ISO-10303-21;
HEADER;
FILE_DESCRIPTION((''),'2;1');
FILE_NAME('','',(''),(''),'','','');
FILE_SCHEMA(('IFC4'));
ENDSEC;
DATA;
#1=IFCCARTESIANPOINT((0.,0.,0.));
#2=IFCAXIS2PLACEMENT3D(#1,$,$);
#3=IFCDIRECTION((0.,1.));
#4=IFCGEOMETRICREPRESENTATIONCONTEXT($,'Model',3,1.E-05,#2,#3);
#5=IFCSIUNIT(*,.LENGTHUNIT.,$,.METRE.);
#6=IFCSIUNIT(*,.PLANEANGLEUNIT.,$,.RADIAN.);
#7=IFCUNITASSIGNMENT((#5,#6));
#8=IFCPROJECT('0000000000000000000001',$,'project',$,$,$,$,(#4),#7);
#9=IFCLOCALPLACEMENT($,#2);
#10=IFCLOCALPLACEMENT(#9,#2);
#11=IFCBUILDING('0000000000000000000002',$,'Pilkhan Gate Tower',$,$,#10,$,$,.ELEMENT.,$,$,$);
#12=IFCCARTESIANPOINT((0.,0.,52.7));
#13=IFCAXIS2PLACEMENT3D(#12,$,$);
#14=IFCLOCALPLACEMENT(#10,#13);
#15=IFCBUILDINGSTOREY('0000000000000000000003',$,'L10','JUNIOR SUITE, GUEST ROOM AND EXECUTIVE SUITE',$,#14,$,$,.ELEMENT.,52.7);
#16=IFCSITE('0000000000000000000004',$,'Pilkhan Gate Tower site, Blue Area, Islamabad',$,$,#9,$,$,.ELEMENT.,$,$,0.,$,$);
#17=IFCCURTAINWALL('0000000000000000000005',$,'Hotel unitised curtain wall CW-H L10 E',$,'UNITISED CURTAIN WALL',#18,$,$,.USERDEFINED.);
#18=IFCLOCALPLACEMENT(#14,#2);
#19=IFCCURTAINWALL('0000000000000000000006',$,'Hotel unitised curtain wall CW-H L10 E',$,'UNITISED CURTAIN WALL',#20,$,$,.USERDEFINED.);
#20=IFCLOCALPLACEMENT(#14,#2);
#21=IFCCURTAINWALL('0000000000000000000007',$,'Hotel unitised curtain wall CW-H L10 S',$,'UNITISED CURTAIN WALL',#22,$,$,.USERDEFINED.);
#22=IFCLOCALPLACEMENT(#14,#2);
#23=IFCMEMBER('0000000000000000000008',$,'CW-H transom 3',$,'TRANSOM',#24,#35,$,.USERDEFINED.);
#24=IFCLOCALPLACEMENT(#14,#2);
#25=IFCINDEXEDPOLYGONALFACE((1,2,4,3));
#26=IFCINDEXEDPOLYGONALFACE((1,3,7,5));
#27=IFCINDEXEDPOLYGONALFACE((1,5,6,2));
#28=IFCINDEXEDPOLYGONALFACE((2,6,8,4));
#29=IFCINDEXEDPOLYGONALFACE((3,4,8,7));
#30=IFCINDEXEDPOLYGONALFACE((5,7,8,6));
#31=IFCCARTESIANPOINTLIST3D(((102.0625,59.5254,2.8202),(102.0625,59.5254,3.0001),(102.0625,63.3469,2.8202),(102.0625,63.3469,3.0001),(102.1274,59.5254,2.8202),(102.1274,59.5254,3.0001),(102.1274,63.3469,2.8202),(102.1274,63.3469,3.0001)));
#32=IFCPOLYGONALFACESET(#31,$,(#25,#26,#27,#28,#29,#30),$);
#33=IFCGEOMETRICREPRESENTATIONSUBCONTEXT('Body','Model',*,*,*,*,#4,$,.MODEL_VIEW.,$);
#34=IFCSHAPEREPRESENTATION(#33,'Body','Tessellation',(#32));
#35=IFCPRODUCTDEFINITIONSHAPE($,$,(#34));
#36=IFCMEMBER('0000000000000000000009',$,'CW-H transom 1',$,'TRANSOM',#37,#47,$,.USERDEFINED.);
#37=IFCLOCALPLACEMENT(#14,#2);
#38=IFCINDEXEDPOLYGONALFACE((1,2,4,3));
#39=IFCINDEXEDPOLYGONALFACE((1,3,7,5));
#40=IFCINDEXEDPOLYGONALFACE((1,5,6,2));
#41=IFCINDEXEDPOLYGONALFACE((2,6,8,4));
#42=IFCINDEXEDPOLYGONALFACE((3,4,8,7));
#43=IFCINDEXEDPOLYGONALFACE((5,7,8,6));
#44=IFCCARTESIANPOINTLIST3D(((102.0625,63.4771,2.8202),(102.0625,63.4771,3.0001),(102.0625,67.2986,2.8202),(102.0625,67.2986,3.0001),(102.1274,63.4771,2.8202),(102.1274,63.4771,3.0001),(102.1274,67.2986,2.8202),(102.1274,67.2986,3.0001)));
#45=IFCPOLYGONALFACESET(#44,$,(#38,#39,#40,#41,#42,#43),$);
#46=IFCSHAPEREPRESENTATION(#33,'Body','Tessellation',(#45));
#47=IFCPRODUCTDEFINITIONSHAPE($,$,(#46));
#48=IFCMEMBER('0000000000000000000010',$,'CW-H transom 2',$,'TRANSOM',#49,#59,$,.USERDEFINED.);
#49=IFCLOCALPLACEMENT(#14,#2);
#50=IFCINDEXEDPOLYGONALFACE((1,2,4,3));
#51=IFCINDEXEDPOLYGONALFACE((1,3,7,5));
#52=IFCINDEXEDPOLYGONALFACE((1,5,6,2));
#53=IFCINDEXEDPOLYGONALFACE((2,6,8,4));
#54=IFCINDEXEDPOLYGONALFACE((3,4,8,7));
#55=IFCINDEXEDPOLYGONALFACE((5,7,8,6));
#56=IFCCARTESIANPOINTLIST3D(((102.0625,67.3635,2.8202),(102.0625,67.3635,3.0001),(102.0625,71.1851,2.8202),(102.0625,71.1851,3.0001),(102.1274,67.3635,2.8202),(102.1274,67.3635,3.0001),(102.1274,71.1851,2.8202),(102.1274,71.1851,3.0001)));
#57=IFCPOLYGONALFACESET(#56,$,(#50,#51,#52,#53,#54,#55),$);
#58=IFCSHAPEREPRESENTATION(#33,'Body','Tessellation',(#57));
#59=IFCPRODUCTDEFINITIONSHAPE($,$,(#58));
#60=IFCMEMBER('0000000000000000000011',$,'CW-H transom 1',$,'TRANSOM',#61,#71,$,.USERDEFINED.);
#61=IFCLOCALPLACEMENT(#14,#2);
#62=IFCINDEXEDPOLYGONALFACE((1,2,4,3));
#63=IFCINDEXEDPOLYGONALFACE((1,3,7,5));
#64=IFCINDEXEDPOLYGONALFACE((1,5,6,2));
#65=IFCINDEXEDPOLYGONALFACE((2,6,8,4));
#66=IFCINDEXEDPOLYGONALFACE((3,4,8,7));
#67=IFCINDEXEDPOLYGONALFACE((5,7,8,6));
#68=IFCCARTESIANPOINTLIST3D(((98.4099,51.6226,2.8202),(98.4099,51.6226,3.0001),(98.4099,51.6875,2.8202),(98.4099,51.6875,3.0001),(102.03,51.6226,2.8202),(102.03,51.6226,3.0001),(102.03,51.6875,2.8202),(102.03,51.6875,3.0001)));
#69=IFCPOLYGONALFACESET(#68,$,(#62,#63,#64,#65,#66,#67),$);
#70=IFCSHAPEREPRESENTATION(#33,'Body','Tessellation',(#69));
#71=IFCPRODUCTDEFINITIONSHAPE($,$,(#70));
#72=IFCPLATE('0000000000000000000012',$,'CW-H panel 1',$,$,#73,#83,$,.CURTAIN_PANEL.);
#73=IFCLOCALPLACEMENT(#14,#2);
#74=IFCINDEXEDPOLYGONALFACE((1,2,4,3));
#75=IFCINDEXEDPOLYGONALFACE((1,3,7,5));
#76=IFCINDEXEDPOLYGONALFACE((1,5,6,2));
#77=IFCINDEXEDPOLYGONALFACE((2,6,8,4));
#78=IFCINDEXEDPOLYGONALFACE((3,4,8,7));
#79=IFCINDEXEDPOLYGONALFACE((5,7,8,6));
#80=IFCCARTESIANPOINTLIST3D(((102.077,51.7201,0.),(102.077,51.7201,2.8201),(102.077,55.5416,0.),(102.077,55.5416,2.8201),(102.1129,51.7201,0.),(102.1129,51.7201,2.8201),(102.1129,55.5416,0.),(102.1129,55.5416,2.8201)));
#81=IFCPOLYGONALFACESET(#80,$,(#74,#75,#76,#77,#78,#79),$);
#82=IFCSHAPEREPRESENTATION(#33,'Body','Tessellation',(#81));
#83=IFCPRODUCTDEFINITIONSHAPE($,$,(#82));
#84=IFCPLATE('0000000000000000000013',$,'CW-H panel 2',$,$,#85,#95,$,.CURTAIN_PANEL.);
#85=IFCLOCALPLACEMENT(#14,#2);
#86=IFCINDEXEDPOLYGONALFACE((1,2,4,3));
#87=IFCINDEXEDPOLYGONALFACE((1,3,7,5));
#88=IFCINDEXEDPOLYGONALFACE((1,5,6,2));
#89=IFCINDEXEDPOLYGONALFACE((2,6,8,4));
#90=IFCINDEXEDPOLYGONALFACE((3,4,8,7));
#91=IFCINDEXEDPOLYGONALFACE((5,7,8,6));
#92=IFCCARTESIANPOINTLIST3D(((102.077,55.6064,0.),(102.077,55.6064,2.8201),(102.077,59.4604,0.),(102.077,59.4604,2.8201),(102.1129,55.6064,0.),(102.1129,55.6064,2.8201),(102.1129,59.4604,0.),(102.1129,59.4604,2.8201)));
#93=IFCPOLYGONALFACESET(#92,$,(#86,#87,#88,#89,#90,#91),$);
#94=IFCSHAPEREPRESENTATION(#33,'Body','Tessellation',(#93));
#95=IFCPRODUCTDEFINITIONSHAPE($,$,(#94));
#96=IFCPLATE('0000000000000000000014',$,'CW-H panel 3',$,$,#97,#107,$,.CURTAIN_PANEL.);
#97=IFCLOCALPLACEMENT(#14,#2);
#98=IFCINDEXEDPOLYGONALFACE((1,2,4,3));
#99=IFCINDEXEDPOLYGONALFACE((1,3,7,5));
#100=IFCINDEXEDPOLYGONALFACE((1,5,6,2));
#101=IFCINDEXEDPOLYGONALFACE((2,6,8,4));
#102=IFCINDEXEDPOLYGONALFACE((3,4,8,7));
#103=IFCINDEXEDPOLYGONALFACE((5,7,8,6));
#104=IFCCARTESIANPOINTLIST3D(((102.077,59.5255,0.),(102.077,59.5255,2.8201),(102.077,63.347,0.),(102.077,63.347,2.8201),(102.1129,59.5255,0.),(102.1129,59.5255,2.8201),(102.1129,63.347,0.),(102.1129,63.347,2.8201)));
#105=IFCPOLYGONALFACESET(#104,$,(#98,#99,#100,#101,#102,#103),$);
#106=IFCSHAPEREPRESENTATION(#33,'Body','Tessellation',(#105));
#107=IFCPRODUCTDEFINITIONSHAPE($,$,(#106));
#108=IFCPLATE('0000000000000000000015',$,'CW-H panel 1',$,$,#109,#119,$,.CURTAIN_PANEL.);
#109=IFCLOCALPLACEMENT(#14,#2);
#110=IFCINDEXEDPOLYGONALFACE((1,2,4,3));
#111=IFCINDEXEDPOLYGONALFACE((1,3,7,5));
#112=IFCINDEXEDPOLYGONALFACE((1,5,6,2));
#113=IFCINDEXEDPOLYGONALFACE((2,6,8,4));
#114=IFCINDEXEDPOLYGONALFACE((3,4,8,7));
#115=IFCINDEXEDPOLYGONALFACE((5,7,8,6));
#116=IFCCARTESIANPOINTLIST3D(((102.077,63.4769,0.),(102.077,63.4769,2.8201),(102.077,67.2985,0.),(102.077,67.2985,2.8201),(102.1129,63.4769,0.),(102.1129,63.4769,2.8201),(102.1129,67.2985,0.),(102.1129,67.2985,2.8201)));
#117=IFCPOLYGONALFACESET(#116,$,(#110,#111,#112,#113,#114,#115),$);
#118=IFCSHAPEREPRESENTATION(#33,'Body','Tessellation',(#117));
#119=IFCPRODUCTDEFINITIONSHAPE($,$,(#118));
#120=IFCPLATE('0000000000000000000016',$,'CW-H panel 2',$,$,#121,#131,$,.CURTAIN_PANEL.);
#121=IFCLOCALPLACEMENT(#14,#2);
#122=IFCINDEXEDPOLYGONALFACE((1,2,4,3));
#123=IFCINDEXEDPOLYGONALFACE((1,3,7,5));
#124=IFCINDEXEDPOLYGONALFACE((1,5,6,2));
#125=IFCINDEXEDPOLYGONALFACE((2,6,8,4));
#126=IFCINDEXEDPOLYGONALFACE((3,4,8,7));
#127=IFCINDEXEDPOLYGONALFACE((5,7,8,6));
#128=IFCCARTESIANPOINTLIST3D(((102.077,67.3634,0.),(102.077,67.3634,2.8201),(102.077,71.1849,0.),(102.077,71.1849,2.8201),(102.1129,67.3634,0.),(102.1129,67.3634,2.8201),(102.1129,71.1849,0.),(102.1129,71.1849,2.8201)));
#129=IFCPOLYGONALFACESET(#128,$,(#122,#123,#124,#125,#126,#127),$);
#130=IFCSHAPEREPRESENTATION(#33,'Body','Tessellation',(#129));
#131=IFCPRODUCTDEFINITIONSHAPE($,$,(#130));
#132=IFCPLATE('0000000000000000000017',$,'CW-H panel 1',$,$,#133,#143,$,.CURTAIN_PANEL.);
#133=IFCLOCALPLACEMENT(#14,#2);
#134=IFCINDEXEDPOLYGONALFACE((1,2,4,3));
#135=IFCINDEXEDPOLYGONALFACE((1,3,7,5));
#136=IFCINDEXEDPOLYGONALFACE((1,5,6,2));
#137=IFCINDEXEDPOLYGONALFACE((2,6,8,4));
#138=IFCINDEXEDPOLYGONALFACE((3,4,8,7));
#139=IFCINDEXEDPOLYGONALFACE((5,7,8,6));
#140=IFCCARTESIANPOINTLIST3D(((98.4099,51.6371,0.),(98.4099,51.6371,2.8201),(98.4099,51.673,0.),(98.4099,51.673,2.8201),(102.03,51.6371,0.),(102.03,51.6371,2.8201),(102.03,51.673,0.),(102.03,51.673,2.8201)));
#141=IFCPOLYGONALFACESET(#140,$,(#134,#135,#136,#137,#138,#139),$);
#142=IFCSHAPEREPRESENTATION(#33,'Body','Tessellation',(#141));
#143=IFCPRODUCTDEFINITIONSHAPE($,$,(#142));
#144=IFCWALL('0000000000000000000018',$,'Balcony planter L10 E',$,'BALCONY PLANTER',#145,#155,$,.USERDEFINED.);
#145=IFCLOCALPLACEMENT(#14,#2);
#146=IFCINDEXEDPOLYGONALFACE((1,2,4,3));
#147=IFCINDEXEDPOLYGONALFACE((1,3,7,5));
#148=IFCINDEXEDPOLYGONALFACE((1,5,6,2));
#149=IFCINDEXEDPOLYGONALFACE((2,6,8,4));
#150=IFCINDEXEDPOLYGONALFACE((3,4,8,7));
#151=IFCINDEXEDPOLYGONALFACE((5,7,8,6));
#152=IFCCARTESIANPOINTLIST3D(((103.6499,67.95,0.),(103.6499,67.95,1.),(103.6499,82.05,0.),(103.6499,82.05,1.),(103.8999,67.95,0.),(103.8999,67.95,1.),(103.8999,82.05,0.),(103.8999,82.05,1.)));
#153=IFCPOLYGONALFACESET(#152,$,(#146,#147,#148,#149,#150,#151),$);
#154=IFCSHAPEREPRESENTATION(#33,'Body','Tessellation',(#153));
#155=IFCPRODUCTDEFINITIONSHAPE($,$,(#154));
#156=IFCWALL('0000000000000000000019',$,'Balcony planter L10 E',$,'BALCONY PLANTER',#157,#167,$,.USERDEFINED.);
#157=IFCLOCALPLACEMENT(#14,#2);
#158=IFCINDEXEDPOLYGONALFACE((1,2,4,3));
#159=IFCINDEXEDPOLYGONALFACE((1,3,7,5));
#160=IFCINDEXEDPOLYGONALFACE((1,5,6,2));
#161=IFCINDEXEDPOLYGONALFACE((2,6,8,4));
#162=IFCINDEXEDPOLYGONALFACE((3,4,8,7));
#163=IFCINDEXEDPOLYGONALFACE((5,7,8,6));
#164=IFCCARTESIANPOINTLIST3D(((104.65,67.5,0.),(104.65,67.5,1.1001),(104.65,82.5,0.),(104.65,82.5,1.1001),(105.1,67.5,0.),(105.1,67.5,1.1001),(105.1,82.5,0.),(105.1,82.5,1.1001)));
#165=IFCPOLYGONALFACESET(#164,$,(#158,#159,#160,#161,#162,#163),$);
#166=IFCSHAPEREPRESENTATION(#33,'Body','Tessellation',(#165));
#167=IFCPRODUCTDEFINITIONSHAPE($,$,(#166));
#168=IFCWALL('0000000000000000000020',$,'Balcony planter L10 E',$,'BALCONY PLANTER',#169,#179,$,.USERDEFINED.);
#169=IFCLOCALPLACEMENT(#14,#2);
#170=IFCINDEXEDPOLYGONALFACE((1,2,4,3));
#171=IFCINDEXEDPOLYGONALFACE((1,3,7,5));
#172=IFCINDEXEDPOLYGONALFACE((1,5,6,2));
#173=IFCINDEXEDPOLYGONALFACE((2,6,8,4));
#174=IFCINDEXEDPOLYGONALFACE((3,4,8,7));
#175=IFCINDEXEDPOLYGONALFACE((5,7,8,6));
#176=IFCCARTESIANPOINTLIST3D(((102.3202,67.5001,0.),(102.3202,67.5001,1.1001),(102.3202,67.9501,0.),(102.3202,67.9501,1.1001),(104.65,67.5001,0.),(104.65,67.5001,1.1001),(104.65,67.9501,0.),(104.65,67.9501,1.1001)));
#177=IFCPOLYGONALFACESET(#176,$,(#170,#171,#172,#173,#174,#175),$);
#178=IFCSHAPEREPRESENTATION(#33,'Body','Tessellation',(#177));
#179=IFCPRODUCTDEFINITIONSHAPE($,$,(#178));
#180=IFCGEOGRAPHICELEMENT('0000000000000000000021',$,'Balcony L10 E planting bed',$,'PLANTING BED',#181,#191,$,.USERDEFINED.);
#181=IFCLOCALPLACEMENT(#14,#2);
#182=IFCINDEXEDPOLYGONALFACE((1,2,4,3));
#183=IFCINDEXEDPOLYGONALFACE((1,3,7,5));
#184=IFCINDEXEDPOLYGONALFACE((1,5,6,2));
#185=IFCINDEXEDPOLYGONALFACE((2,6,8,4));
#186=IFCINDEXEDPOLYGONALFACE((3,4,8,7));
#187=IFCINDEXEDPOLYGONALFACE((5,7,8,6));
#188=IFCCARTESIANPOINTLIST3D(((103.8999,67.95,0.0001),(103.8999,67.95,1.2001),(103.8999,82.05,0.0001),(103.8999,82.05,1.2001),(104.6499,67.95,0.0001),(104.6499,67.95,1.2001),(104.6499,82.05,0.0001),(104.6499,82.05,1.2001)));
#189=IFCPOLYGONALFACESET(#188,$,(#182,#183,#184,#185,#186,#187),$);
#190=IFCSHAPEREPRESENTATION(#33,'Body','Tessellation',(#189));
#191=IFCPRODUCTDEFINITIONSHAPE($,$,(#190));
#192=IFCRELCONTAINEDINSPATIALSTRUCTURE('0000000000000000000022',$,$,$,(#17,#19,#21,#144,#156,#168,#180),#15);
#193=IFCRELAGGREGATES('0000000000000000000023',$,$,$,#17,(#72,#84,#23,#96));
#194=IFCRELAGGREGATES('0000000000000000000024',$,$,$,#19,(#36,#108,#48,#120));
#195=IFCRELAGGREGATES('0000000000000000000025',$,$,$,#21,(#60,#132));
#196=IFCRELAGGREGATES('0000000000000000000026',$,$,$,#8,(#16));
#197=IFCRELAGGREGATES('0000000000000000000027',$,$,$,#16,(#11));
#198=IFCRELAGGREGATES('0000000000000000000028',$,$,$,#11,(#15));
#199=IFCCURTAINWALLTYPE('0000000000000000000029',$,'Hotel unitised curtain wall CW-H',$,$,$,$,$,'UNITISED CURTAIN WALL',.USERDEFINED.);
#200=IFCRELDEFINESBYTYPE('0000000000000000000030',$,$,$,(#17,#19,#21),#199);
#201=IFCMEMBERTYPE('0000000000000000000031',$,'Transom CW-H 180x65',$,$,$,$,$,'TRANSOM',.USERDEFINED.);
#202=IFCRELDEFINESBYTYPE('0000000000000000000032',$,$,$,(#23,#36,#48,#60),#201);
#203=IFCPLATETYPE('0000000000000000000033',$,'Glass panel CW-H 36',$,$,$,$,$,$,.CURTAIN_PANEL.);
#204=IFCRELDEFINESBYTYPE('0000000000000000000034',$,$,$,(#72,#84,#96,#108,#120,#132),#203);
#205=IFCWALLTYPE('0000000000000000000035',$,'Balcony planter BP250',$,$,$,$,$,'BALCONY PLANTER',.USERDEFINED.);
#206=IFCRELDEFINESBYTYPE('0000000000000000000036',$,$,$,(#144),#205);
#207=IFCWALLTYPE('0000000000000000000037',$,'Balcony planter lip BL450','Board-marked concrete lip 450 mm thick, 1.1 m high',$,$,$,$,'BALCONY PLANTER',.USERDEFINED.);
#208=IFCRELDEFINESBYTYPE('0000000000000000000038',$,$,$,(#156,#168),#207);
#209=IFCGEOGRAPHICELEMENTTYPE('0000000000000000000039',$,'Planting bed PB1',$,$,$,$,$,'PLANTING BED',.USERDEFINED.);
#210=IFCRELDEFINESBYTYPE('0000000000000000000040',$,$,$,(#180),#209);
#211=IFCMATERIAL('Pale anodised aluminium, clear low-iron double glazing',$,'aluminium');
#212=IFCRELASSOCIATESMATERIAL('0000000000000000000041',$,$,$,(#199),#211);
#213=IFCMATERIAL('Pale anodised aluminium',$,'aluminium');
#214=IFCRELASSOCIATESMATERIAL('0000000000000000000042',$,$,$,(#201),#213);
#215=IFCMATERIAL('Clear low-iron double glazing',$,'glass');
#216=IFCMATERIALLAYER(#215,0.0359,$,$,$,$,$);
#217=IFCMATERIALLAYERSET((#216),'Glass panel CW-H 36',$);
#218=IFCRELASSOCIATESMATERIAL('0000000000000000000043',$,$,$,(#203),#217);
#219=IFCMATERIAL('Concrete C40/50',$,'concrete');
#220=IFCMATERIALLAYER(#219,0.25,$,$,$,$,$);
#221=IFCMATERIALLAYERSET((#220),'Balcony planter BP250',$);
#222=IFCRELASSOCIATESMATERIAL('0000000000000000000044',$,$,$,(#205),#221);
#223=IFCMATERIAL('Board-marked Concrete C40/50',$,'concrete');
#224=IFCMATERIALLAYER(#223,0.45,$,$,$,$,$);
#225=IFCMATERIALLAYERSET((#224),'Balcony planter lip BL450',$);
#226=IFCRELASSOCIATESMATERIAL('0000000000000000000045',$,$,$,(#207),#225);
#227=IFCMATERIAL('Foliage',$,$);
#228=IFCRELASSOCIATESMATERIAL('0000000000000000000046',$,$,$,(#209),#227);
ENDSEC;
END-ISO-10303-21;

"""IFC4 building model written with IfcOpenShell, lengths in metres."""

from ifc_helpers import new_model, si_unit, direction, frame, frame_2d, origin, origin_2d, place, context, subcontext, project, spatial, rectangle, extrude, material, layer, layer_set, material_profile, profile_set, type_object, element, aggregate, save


model = new_model("IFC4")

# Units and contexts
model_context = context("Model", 3, precision=1e-05, world=origin(), true_north=direction((0.0, 1.0)))
body_context = subcontext(model_context, "Body", "Model", "MODEL_VIEW")
ifc_project = project(units=[si_unit("LENGTHUNIT", "METRE"), si_unit("PLANEANGLEUNIT", "RADIAN")], contexts=[model_context])

# Site, building, storey
site_placement = place(None, origin())
site = spatial("IfcSite", under=ifc_project, at=site_placement, Name="Pilkhan Gate Tower site, Blue Area, Islamabad", CompositionType="ELEMENT", RefElevation=0.0)
building_placement = place(site_placement, origin())
building = spatial("IfcBuilding", under=site, at=building_placement, Name="Pilkhan Gate Tower", CompositionType="ELEMENT")
storey_placement = place(building_placement, frame((0.0, 0.0, 52.7)))
storey = spatial("IfcBuildingStorey", under=building, at=storey_placement, Name="L10", Description="JUNIOR SUITE, GUEST ROOM AND EXECUTIVE SUITE", CompositionType="ELEMENT", Elevation=52.7)

# Curtain walls
ifc_material_1 = material(Name="Pale anodised aluminium, clear low-iron double glazing", Category="aluminium")
curtain_wall_type = type_object("IfcCurtainWallType", Name="Hotel unitised curtain wall CW-H", ElementType="UNITISED CURTAIN WALL", PredefinedType="USERDEFINED", material=ifc_material_1)
curtain_wall_1_placement = place(storey_placement, origin())
curtain_wall_1 = element("IfcCurtainWall", 1, at=curtain_wall_1_placement, inside=storey, type_object=curtain_wall_type, Name="Hotel unitised curtain wall CW-H L10 E", ObjectType="UNITISED CURTAIN WALL", PredefinedType="USERDEFINED")
ifc_material_2 = material(Name="Pale anodised aluminium", Category="aluminium")
curtain_wall_2_placement = place(storey_placement, origin())
curtain_wall_2 = element("IfcCurtainWall", 2, at=curtain_wall_2_placement, inside=storey, type_object=curtain_wall_type, Name="Hotel unitised curtain wall CW-H L10 E", ObjectType="UNITISED CURTAIN WALL", PredefinedType="USERDEFINED")
curtain_wall_3_placement = place(storey_placement, origin())
curtain_wall_3 = element("IfcCurtainWall", 3, at=curtain_wall_3_placement, inside=storey, type_object=curtain_wall_type, Name="Hotel unitised curtain wall CW-H L10 S", ObjectType="UNITISED CURTAIN WALL", PredefinedType="USERDEFINED")

# Members
ifc_material_profile_1 = material_profile(ifc_material_2, rectangle(XDim=0.0649, YDim=0.1799, at=origin_2d()), Name="Transom 180x65")
ifc_profile_set_1 = profile_set([ifc_material_profile_1], Name="Pale anodised aluminium")
member_type_1 = type_object("IfcMemberType", Name="Transom CW-H 180x65", ElementType="TRANSOM", PredefinedType="USERDEFINED", material=ifc_profile_set_1)
member_1_placement = place(storey_placement, frame((102.095, 59.5254, 2.9102), z_axis=(0.0, 1.0, 0.0), x_axis=(-1.0, 0.0, 0.0)))
member_1 = element("IfcMember", 4, at=member_1_placement, type_object=member_type_1, Name="CW-H transom 3", ObjectType="TRANSOM", PredefinedType="USERDEFINED", context=body_context, shape_type="SweptSolid", body=[
    extrude(rectangle(XDim=0.0649, YDim=0.1799, at=origin_2d()), origin(), (0.0, 0.0, 1.0), 3.8215),
])
member_2_placement = place(storey_placement, frame((102.095, 63.4771, 2.9102), z_axis=(0.0, 1.0, 0.0), x_axis=(-1.0, 0.0, 0.0)))
member_2 = element("IfcMember", 5, at=member_2_placement, type_object=member_type_1, Name="CW-H transom 1", ObjectType="TRANSOM", PredefinedType="USERDEFINED", context=body_context, shape_type="SweptSolid", body=[
    extrude(rectangle(XDim=0.0649, YDim=0.1799, at=origin_2d()), origin(), (0.0, 0.0, 1.0), 3.8215),
])
member_3_placement = place(storey_placement, frame((102.095, 67.3635, 2.9102), z_axis=(0.0, 1.0, 0.0), x_axis=(-1.0, 0.0, 0.0)))
member_3 = element("IfcMember", 6, at=member_3_placement, type_object=member_type_1, Name="CW-H transom 2", ObjectType="TRANSOM", PredefinedType="USERDEFINED", context=body_context, shape_type="SweptSolid", body=[
    extrude(rectangle(XDim=0.0649, YDim=0.1799, at=origin_2d()), origin(), (0.0, 0.0, 1.0), 3.8215),
])
member_4_placement = place(storey_placement, frame((98.4099, 51.655, 2.9102), z_axis=(1.0, 0.0, 0.0), x_axis=(0.0, 1.0, 0.0)))
member_4 = element("IfcMember", 7, at=member_4_placement, type_object=member_type_1, Name="CW-H transom 1", ObjectType="TRANSOM", PredefinedType="USERDEFINED", context=body_context, shape_type="SweptSolid", body=[
    extrude(rectangle(XDim=0.0649, YDim=0.1799, at=origin_2d()), origin(), (0.0, 0.0, 1.0), 3.6201),
])

# Plates
ifc_material_3 = material(Name="Clear low-iron double glazing", Category="glass")
ifc_layer_1 = layer(ifc_material_3, 0.0359)
ifc_layer_set_1 = layer_set([ifc_layer_1], Name="Glass panel CW-H 36")
plate_type = type_object("IfcPlateType", Name="Glass panel CW-H 36", PredefinedType="CURTAIN_PANEL", material=ifc_layer_set_1)
plate_1_placement = place(storey_placement, frame((102.095, 53.6309, 0.0), z_axis=(0.0, 0.0, 1.0), x_axis=(0.0, 1.0, 0.0)))
plate_1 = element("IfcPlate", 8, at=plate_1_placement, type_object=plate_type, Name="CW-H panel 1", PredefinedType="CURTAIN_PANEL", context=body_context, shape_type="SweptSolid", body=[
    extrude(rectangle(XDim=3.8215, YDim=0.0359, at=origin_2d()), origin(), (0.0, 0.0, 1.0), 2.8201),
])
plate_2_placement = place(storey_placement, frame((102.095, 57.5334, 0.0), z_axis=(0.0, 0.0, 1.0), x_axis=(0.0, 1.0, 0.0)))
plate_2 = element("IfcPlate", 9, at=plate_2_placement, type_object=plate_type, Name="CW-H panel 2", PredefinedType="CURTAIN_PANEL", context=body_context, shape_type="SweptSolid", body=[
    extrude(rectangle(XDim=3.854, YDim=0.0359, at=origin_2d()), origin(), (0.0, 0.0, 1.0), 2.8201),
])
plate_3_placement = place(storey_placement, frame((102.095, 61.4363, 0.0), z_axis=(0.0, 0.0, 1.0), x_axis=(0.0, 1.0, 0.0)))
plate_3 = element("IfcPlate", 10, at=plate_3_placement, type_object=plate_type, Name="CW-H panel 3", PredefinedType="CURTAIN_PANEL", context=body_context, shape_type="SweptSolid", body=[
    extrude(rectangle(XDim=3.8215, YDim=0.0359, at=origin_2d()), origin(), (0.0, 0.0, 1.0), 2.8201),
])
aggregate(curtain_wall_1, [plate_1, plate_2, member_1, plate_3])
plate_4_placement = place(storey_placement, frame((102.095, 65.3877, 0.0), z_axis=(0.0, 0.0, 1.0), x_axis=(0.0, 1.0, 0.0)))
plate_4 = element("IfcPlate", 11, at=plate_4_placement, type_object=plate_type, Name="CW-H panel 1", PredefinedType="CURTAIN_PANEL", context=body_context, shape_type="SweptSolid", body=[
    extrude(rectangle(XDim=3.8215, YDim=0.0359, at=origin_2d()), origin(), (0.0, 0.0, 1.0), 2.8201),
])
plate_5_placement = place(storey_placement, frame((102.095, 69.2742, 0.0), z_axis=(0.0, 0.0, 1.0), x_axis=(0.0, 1.0, 0.0)))
plate_5 = element("IfcPlate", 12, at=plate_5_placement, type_object=plate_type, Name="CW-H panel 2", PredefinedType="CURTAIN_PANEL", context=body_context, shape_type="SweptSolid", body=[
    extrude(rectangle(XDim=3.8215, YDim=0.0359, at=origin_2d()), origin(), (0.0, 0.0, 1.0), 2.8201),
])
aggregate(curtain_wall_2, [member_2, plate_4, member_3, plate_5])
plate_6_placement = place(storey_placement, frame((100.22, 51.655, 0.0), z_axis=(0.0, 0.0, 1.0), x_axis=(1.0, 0.0, 0.0)))
plate_6 = element("IfcPlate", 13, at=plate_6_placement, type_object=plate_type, Name="CW-H panel 1", PredefinedType="CURTAIN_PANEL", context=body_context, shape_type="SweptSolid", body=[
    extrude(rectangle(XDim=3.6201, YDim=0.0359, at=origin_2d()), origin(), (0.0, 0.0, 1.0), 2.8201),
])
aggregate(curtain_wall_3, [member_4, plate_6])

# Walls
ifc_material_4 = material(Name="Concrete C40/50", Category="concrete")
ifc_layer_2 = layer(ifc_material_4, 0.25)
ifc_layer_set_2 = layer_set([ifc_layer_2], Name="Balcony planter BP250")
wall_type_1 = type_object("IfcWallType", Name="Balcony planter BP250", ElementType="BALCONY PLANTER", PredefinedType="USERDEFINED", material=ifc_layer_set_2)
wall_1_placement = place(storey_placement, frame((103.7749, 67.95, 0.0), z_axis=(0.0, 0.0, 1.0), x_axis=(0.0, 1.0, 0.0)))
element("IfcWall", 14, at=wall_1_placement, inside=storey, type_object=wall_type_1, Name="Balcony planter L10 E", ObjectType="BALCONY PLANTER", PredefinedType="USERDEFINED", context=body_context, shape_type="SweptSolid", body=[
    extrude(rectangle(XDim=14.1001, YDim=0.25, at=frame_2d((7.05, 0.0))), origin(), (0.0, 0.0, 1.0), 1.0),
])
ifc_material_5 = material(Name="Board-marked Concrete C40/50", Category="concrete")
ifc_layer_3 = layer(ifc_material_5, 0.45)
ifc_layer_set_3 = layer_set([ifc_layer_3], Name="Balcony planter lip BL450")
wall_type_2 = type_object("IfcWallType", Name="Balcony planter lip BL450", Description="Board-marked concrete lip 450 mm thick, 1.1 m high", ElementType="BALCONY PLANTER", PredefinedType="USERDEFINED", material=ifc_layer_set_3)
wall_2_placement = place(storey_placement, frame((104.875, 67.5, 0.0), z_axis=(0.0, 0.0, 1.0), x_axis=(0.0, 1.0, 0.0)))
element("IfcWall", 15, at=wall_2_placement, inside=storey, type_object=wall_type_2, Name="Balcony planter L10 E", ObjectType="BALCONY PLANTER", PredefinedType="USERDEFINED", context=body_context, shape_type="SweptSolid", body=[
    extrude(rectangle(XDim=15.0, YDim=0.45, at=frame_2d((7.5, 0.0))), origin(), (0.0, 0.0, 1.0), 1.1001),
])
wall_3_placement = place(storey_placement, frame((102.3201, 67.7251, 0.0), z_axis=(0.0, 0.0, 1.0), x_axis=(1.0, 0.0, 0.0)))
element("IfcWall", 16, at=wall_3_placement, inside=storey, type_object=wall_type_2, Name="Balcony planter L10 E", ObjectType="BALCONY PLANTER", PredefinedType="USERDEFINED", context=body_context, shape_type="SweptSolid", body=[
    extrude(rectangle(XDim=2.3298, YDim=0.45, at=frame_2d((1.165, 0.0))), origin(), (0.0, 0.0, 1.0), 1.1001),
])

# Geographic element
ifc_material_6 = material(Name="Foliage")
ifc_material_profile_2 = material_profile(ifc_material_6, rectangle(XDim=0.75, YDim=1.2, at=origin_2d()), Name="Bed 750x1200")
ifc_profile_set_2 = profile_set([ifc_material_profile_2], Name="Foliage")
geographic_element_type_1 = type_object("IfcGeographicElementType", Name="Planting bed PB1", ElementType="PLANTING BED", PredefinedType="USERDEFINED", material=ifc_profile_set_2)
geographic_element_1_placement = place(storey_placement, frame((104.2749, 67.95, 0.6001), z_axis=(0.0, 1.0, 0.0), x_axis=(-1.0, 0.0, 0.0)))
element("IfcGeographicElement", 17, at=geographic_element_1_placement, inside=storey, type_object=geographic_element_type_1, Name="Balcony L10 E planting bed", ObjectType="PLANTING BED", PredefinedType="USERDEFINED", context=body_context, shape_type="SweptSolid", body=[
    extrude(rectangle(XDim=0.75, YDim=1.2, at=origin_2d()), origin(), (0.0, 0.0, 1.0), 14.1001),
])

save(model, "model.ifc")
